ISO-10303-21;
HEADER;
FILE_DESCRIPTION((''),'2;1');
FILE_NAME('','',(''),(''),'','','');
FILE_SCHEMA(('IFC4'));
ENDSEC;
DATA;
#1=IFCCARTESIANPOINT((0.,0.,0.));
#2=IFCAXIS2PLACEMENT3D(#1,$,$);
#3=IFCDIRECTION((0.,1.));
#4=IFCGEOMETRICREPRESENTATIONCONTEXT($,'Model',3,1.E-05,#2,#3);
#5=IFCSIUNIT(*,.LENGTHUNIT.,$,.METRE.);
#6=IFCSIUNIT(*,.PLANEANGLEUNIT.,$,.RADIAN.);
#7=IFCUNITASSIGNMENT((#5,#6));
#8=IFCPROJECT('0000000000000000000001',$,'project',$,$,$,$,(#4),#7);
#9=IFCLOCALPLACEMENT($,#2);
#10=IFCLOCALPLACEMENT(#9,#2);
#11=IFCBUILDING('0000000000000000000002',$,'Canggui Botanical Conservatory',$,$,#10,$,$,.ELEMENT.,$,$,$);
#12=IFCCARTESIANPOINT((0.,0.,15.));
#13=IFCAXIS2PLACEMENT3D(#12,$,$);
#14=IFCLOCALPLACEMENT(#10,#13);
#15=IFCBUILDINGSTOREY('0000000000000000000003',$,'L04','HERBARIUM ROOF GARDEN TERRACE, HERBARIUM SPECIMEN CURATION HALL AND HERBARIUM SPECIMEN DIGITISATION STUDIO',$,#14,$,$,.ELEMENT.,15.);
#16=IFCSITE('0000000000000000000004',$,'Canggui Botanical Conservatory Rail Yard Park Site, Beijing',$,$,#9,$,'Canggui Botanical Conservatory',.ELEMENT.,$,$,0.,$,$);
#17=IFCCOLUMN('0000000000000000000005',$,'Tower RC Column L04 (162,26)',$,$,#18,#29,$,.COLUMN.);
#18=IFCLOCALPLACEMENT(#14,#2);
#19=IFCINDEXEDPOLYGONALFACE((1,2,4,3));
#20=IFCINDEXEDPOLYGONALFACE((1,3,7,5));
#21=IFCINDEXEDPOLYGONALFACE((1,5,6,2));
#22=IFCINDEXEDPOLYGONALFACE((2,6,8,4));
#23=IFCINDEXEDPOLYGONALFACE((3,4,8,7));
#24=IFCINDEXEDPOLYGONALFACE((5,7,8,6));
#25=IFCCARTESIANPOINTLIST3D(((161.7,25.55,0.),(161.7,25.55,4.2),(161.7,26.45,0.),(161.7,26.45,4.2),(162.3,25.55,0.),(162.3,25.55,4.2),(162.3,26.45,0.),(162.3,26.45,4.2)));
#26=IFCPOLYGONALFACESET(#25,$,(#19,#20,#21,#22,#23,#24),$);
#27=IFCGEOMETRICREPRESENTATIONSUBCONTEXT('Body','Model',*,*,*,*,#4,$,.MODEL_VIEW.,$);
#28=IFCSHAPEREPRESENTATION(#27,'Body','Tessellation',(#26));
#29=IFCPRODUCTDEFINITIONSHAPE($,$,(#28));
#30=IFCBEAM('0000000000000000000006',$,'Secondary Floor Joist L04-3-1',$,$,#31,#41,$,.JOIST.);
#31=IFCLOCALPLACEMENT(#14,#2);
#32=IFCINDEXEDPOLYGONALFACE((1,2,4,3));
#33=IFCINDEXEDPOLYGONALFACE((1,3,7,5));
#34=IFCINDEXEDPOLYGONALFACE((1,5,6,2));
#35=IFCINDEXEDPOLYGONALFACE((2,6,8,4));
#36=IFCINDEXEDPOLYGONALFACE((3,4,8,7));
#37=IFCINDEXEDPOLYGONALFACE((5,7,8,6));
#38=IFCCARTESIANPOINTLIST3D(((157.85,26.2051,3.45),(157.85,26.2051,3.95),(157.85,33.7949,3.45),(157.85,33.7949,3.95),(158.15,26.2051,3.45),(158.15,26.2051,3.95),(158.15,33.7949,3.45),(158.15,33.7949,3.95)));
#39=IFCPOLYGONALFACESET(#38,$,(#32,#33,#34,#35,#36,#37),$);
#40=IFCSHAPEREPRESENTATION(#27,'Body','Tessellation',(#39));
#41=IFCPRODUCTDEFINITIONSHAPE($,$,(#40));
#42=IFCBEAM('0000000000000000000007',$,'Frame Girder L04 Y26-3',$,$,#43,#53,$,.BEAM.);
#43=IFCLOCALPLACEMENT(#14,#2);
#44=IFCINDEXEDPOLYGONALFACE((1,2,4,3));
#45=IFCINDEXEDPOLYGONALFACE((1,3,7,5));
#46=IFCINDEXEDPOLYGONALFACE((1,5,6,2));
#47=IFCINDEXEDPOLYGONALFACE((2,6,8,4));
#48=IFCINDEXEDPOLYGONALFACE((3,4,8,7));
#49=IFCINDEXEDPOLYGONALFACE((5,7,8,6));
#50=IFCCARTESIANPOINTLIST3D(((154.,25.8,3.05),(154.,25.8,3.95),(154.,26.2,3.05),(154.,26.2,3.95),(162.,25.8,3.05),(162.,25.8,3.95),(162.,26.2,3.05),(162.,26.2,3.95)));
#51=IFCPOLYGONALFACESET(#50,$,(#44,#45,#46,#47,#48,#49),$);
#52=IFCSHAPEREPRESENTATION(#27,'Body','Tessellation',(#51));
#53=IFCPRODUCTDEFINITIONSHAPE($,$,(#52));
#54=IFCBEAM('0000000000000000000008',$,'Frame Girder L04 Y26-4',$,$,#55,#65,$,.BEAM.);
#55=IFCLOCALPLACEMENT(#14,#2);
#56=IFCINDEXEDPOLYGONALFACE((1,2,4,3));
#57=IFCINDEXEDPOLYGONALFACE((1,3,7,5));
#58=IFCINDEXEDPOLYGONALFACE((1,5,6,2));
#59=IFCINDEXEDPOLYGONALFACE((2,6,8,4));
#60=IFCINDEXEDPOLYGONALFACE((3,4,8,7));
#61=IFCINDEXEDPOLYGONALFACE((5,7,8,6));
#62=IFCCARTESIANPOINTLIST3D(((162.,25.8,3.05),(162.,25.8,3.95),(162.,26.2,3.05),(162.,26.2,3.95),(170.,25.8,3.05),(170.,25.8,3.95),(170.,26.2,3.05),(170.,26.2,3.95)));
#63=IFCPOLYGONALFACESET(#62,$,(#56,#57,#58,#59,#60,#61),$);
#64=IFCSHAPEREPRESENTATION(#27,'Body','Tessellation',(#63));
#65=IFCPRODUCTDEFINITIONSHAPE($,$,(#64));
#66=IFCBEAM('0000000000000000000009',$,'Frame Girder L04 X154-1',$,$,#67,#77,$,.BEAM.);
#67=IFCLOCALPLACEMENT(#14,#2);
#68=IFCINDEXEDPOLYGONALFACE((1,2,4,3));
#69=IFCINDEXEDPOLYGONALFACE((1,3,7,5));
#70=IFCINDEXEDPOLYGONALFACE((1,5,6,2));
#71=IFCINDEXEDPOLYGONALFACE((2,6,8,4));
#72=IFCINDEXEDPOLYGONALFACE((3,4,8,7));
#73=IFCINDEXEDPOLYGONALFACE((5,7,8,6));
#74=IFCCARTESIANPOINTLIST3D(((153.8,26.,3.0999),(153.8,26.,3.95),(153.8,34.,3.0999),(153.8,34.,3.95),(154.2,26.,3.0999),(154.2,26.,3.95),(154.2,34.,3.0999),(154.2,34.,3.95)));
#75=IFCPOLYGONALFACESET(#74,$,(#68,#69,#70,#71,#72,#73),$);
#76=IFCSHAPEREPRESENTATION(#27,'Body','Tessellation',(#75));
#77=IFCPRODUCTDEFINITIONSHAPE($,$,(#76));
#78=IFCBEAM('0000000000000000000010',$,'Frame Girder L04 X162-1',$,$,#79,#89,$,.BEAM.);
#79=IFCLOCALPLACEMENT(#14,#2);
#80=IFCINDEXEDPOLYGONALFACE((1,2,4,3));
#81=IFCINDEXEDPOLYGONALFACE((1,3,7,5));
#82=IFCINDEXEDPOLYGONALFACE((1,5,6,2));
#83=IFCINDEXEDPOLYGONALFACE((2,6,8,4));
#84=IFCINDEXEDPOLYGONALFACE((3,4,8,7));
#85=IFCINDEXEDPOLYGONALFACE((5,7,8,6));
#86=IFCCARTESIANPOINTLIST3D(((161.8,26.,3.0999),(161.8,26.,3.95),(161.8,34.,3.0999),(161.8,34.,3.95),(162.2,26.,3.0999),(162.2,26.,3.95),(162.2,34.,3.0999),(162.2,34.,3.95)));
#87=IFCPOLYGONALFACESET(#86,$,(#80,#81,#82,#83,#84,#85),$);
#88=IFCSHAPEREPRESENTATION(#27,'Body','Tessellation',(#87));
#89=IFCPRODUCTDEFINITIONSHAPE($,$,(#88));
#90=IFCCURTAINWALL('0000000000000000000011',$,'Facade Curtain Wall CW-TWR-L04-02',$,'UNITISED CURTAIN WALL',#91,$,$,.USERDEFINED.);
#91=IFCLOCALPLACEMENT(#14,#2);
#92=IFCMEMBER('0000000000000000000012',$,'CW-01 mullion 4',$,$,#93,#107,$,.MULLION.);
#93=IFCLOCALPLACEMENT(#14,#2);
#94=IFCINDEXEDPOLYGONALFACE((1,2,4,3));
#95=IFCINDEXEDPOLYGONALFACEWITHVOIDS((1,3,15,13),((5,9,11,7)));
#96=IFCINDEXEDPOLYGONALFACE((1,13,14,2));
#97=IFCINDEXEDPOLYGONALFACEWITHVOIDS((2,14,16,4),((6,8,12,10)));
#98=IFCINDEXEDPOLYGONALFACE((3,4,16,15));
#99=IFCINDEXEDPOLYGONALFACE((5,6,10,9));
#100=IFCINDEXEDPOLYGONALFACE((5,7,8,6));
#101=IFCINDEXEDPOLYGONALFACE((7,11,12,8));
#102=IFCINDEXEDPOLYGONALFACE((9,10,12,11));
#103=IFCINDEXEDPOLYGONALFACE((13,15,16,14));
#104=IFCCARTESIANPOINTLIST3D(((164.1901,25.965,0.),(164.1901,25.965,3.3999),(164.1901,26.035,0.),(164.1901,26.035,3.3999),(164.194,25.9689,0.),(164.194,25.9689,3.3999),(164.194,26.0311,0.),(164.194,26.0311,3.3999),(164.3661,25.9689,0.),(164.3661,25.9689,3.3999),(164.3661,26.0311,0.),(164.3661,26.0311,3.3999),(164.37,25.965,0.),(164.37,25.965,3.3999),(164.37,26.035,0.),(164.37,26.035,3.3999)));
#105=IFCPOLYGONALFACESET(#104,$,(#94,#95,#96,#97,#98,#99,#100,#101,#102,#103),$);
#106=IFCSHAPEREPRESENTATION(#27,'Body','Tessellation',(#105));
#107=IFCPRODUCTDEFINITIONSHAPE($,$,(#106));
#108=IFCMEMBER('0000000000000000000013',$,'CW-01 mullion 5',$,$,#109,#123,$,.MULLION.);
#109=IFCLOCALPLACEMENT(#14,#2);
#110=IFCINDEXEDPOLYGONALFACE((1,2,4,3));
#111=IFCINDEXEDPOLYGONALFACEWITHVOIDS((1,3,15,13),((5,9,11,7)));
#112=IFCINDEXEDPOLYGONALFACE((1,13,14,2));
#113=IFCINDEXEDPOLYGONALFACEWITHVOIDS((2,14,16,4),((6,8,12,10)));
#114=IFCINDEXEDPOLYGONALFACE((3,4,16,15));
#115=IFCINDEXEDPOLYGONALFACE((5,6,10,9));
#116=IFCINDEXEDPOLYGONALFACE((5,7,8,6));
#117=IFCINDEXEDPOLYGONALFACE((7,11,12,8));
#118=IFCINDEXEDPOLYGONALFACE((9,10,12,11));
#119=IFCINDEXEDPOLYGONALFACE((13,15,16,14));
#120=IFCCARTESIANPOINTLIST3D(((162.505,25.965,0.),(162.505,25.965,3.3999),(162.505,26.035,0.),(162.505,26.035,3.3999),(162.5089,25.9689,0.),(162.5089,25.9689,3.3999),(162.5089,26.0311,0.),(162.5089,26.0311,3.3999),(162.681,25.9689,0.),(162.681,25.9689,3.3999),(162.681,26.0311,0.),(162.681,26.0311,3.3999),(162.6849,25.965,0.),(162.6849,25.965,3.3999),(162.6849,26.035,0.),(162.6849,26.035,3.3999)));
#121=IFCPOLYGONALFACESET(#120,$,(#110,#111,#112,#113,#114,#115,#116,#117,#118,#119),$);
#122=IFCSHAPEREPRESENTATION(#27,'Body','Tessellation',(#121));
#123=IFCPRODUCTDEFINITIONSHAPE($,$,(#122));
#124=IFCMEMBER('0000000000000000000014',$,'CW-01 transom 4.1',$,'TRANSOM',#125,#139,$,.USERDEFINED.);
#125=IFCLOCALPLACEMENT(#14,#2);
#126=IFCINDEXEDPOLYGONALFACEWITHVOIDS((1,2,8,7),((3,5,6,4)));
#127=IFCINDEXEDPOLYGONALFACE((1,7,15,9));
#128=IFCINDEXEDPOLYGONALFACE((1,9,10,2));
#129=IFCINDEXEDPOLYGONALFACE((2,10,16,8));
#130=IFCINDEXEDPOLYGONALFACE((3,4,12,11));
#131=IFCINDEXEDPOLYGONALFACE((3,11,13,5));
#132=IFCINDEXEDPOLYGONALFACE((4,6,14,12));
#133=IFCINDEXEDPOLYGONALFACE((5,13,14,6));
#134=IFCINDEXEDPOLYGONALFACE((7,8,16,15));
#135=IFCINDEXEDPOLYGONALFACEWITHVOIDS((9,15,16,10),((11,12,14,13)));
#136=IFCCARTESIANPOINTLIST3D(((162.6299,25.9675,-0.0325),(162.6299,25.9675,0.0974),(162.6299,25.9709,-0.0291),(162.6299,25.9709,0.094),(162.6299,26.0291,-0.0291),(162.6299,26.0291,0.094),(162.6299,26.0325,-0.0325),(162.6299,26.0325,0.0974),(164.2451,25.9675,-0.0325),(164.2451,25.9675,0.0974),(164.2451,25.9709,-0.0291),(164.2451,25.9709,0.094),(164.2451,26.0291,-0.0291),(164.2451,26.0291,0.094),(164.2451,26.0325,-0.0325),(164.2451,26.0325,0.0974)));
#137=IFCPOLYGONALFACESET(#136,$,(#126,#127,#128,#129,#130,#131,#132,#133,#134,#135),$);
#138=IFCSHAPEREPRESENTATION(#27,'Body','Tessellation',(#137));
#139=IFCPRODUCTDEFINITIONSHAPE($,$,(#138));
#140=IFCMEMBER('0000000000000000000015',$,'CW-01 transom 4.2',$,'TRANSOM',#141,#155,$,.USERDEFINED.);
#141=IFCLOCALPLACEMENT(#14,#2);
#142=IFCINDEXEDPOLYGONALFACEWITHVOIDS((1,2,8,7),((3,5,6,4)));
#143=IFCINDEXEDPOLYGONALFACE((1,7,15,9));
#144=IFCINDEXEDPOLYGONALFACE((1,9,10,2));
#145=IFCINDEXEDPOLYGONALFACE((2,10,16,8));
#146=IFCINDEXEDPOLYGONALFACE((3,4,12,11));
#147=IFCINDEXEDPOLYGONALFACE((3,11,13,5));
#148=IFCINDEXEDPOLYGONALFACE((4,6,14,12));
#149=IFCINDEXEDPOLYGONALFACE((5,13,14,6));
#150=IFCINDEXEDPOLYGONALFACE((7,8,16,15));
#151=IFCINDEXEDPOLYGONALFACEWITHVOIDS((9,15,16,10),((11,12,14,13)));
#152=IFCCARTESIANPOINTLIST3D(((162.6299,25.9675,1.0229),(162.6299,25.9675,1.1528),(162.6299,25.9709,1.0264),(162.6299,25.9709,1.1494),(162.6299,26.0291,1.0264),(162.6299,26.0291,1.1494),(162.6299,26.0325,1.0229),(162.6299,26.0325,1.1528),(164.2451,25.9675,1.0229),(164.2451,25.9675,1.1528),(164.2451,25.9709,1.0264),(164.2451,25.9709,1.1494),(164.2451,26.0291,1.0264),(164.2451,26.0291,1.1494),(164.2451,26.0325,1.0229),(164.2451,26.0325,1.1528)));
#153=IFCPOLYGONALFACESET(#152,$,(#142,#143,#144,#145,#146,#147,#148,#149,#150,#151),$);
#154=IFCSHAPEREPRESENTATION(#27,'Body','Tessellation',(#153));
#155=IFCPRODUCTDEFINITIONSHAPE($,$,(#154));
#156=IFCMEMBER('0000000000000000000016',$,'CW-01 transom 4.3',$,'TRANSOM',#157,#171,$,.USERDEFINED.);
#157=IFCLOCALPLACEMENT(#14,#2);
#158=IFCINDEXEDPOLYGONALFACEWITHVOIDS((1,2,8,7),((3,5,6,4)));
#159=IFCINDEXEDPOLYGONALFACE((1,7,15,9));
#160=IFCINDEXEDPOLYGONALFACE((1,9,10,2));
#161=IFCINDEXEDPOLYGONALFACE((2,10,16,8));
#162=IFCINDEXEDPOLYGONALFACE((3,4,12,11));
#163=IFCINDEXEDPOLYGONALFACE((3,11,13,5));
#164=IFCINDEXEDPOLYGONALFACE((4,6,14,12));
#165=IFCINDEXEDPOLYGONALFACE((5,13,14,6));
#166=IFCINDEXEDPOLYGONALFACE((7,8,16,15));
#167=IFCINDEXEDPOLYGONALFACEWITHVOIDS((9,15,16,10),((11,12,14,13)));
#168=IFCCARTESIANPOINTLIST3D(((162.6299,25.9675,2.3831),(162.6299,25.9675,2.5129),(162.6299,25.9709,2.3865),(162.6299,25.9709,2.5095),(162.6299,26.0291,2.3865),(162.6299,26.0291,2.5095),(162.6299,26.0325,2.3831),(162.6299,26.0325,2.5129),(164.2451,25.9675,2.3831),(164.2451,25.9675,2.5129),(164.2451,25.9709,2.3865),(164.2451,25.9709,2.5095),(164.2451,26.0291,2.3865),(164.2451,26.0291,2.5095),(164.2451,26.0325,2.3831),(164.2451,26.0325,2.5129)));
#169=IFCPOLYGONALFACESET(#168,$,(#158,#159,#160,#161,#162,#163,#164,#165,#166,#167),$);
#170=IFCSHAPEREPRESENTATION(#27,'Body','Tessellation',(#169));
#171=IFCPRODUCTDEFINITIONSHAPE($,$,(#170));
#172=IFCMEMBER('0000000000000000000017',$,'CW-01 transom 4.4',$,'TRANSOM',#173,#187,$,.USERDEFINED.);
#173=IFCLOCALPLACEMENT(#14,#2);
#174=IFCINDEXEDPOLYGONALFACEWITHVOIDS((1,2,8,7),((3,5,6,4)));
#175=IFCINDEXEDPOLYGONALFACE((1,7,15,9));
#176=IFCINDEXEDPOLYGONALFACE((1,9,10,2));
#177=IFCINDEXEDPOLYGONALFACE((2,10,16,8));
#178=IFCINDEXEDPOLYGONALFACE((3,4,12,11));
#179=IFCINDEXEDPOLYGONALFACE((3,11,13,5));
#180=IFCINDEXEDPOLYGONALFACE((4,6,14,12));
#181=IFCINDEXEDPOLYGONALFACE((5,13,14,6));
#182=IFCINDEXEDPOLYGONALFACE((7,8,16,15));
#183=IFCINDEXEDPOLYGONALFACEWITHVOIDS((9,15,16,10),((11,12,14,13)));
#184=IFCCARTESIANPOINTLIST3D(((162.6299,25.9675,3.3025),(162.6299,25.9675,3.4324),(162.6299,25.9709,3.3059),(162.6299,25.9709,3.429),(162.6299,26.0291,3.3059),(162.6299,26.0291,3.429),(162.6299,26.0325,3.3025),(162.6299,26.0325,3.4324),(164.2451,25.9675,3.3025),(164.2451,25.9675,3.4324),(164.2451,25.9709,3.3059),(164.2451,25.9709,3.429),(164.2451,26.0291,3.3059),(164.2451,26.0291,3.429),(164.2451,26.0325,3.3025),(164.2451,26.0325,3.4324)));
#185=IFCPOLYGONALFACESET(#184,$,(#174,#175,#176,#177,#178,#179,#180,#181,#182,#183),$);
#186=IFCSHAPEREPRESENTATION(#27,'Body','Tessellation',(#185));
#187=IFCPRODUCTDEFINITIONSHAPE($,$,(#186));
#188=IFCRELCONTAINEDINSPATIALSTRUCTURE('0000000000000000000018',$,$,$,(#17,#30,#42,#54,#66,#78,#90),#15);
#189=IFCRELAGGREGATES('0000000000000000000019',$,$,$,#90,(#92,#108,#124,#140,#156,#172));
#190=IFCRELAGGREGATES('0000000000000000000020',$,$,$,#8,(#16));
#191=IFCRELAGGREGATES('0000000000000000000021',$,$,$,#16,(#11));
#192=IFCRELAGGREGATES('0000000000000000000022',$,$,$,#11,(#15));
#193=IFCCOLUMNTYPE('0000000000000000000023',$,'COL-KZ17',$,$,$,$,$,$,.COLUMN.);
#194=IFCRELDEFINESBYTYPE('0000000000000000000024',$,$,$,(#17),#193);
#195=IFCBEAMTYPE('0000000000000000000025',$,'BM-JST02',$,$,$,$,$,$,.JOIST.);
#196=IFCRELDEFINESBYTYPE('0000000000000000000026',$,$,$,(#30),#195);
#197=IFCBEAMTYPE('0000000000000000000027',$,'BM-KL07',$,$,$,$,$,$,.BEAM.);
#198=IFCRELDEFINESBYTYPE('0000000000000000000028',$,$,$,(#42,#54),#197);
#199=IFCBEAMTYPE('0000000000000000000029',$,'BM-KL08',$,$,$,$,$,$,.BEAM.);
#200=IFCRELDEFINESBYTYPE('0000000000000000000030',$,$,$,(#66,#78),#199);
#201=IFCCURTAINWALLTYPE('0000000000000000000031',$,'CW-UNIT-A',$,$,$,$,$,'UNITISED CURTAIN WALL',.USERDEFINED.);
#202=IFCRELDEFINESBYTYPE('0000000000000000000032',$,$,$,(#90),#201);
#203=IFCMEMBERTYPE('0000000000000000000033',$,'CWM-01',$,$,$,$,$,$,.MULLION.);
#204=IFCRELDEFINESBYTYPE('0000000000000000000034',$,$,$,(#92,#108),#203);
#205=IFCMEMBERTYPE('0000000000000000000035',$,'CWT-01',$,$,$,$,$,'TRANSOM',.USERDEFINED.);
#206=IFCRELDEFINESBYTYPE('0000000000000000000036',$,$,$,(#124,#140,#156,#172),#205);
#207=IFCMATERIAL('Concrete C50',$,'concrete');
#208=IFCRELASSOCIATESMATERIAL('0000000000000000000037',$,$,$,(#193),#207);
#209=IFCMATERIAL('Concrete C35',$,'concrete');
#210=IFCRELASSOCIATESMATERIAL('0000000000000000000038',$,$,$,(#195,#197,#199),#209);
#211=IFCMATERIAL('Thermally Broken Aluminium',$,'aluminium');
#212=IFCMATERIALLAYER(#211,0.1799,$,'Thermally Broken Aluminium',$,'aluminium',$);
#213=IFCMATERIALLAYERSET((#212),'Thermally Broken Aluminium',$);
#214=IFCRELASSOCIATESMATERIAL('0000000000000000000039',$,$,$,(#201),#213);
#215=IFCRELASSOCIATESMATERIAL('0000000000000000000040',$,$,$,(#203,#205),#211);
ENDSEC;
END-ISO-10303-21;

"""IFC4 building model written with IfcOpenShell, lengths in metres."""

from ifc_helpers import new_model, si_unit, direction, frame, origin, origin_2d, place, context, subcontext, project, spatial, rectangle, hollow_rectangle, extrude, material, layer, layer_set, material_profile, profile_set, type_object, element, aggregate, save


model = new_model("IFC4")

# Units and contexts
model_context = context("Model", 3, precision=1e-05, world=origin(), true_north=direction((0.0, 1.0)))
body_context = subcontext(model_context, "Body", "Model", "MODEL_VIEW")
ifc_project = project(units=[si_unit("LENGTHUNIT", "METRE"), si_unit("PLANEANGLEUNIT", "RADIAN")], contexts=[model_context])

# Site, building, storey
site_placement = place(None, origin())
site = spatial("IfcSite", under=ifc_project, at=site_placement, Name="Canggui Botanical Conservatory Rail Yard Park Site, Beijing", LongName="Canggui Botanical Conservatory", CompositionType="ELEMENT", RefElevation=0.0)
building_placement = place(site_placement, origin())
building = spatial("IfcBuilding", under=site, at=building_placement, Name="Canggui Botanical Conservatory", CompositionType="ELEMENT")
storey_placement = place(building_placement, frame((0.0, 0.0, 15.0)))
storey = spatial("IfcBuildingStorey", under=building, at=storey_placement, Name="L04", Description="HERBARIUM ROOF GARDEN TERRACE, HERBARIUM SPECIMEN CURATION HALL AND HERBARIUM SPECIMEN DIGITISATION STUDIO", CompositionType="ELEMENT", Elevation=15.0)

# Column
ifc_material_1 = material(Name="Concrete C50", Category="concrete")
ifc_material_profile_1 = material_profile(ifc_material_1, rectangle(XDim=0.6001, YDim=0.8999, at=origin_2d()), Name="RC 600x900")
ifc_profile_set_1 = profile_set([ifc_material_profile_1], Name="Concrete C50")
column_type = type_object("IfcColumnType", Name="COL-KZ17", PredefinedType="COLUMN", material=ifc_profile_set_1)
column_placement = place(storey_placement, frame((162.0, 26.0, 0.0), z_axis=(0.0, 0.0, 1.0), x_axis=(1.0, 0.0, 0.0)))
element("IfcColumn", 1, at=column_placement, inside=storey, type_object=column_type, Name="Tower RC Column L04 (162,26)", PredefinedType="COLUMN", context=body_context, shape_type="SweptSolid", body=[
    extrude(rectangle(XDim=0.6001, YDim=0.8999, at=origin_2d()), origin(), (0.0, 0.0, 1.0), 4.2),
])

# Beams
ifc_material_2 = material(Name="Concrete C35", Category="concrete")
ifc_material_profile_2 = material_profile(ifc_material_2, rectangle(XDim=0.3, YDim=0.5, at=origin_2d()), Name="RB 300x500")
ifc_profile_set_2 = profile_set([ifc_material_profile_2], Name="Concrete C35")
beam_type_1 = type_object("IfcBeamType", Name="BM-JST02", PredefinedType="JOIST", material=ifc_profile_set_2)
beam_placement = place(storey_placement, frame((158.0, 26.2051, 3.7), z_axis=(0.0, 1.0, 0.0), x_axis=(-1.0, 0.0, 0.0)))
element("IfcBeam", 2, at=beam_placement, inside=storey, type_object=beam_type_1, Name="Secondary Floor Joist L04-3-1", PredefinedType="JOIST", context=body_context, shape_type="SweptSolid", body=[
    extrude(rectangle(XDim=0.3, YDim=0.5, at=origin_2d()), origin(), (0.0, 0.0, 1.0), 7.5898),
])
ifc_material_profile_3 = material_profile(ifc_material_2, rectangle(XDim=0.3999, YDim=0.8999, at=origin_2d()), Name="RB 400x900")
ifc_profile_set_3 = profile_set([ifc_material_profile_3], Name="Concrete C35")
beam_type_2 = type_object("IfcBeamType", Name="BM-KL07", PredefinedType="BEAM", material=ifc_profile_set_3)
for number, where, z_axis, x_axis, name in (
    (3, (154.0, 26.0, 3.5), (1.0, 0.0, 0.0), (0.0, 1.0, 0.0), "Frame Girder L04 Y26-3"),
    (4, (162.0, 26.0, 3.5), (1.0, 0.0, 0.0), (0.0, 1.0, 0.0), "Frame Girder L04 Y26-4"),
):
    element("IfcBeam", number, at=place(storey_placement, frame(where, z_axis=z_axis, x_axis=x_axis)), inside=storey, type_object=beam_type_2, Name=name, PredefinedType="BEAM", context=body_context, shape_type="SweptSolid", body=[
        extrude(rectangle(XDim=0.3999, YDim=0.8999, at=origin_2d()), origin(), (0.0, 0.0, 1.0), 8.0),
    ])
ifc_material_profile_4 = material_profile(ifc_material_2, rectangle(XDim=0.3999, YDim=0.8501, at=origin_2d()), Name="RB 400x850")
ifc_profile_set_4 = profile_set([ifc_material_profile_4], Name="Concrete C35")
beam_type_3 = type_object("IfcBeamType", Name="BM-KL08", PredefinedType="BEAM", material=ifc_profile_set_4)
for number, where, z_axis, x_axis, name in (
    (5, (154.0, 26.0, 3.5249), (0.0, 1.0, 0.0), (-1.0, 0.0, 0.0), "Frame Girder L04 X154-1"),
    (6, (162.0, 26.0, 3.5249), (0.0, 1.0, 0.0), (-1.0, 0.0, 0.0), "Frame Girder L04 X162-1"),
):
    element("IfcBeam", number, at=place(storey_placement, frame(where, z_axis=z_axis, x_axis=x_axis)), inside=storey, type_object=beam_type_3, Name=name, PredefinedType="BEAM", context=body_context, shape_type="SweptSolid", body=[
        extrude(rectangle(XDim=0.3999, YDim=0.8501, at=origin_2d()), origin(), (0.0, 0.0, 1.0), 8.0),
    ])

# Curtain wall, members
ifc_material_3 = material(Name="Thermally Broken Aluminium", Category="aluminium")
ifc_layer_1 = layer(ifc_material_3, 0.1799, Name="Thermally Broken Aluminium", Category="aluminium")
ifc_layer_set_1 = layer_set([ifc_layer_1], Name="Thermally Broken Aluminium")
curtain_wall_type = type_object("IfcCurtainWallType", Name="CW-UNIT-A", ElementType="UNITISED CURTAIN WALL", PredefinedType="USERDEFINED", material=ifc_layer_set_1)
curtain_wall_placement = place(storey_placement, origin())
curtain_wall = element("IfcCurtainWall", 7, at=curtain_wall_placement, inside=storey, type_object=curtain_wall_type, Name="Facade Curtain Wall CW-TWR-L04-02", ObjectType="UNITISED CURTAIN WALL", PredefinedType="USERDEFINED")
ifc_material_profile_5 = material_profile(ifc_material_3, hollow_rectangle(XDim=0.0701, YDim=0.1799, WallThickness=0.0039, at=origin_2d()), Name="CWM 70x180x4")
ifc_profile_set_5 = profile_set([ifc_material_profile_5], Name="Thermally Broken Aluminium")
member_type_1 = type_object("IfcMemberType", Name="CWM-01", PredefinedType="MULLION", material=ifc_profile_set_5)
member_1_placement = place(storey_placement, frame((164.28, 26.0, 0.0), z_axis=(0.0, 0.0, 1.0), x_axis=(0.0, -1.0, 0.0)))
member_1 = element("IfcMember", 8, at=member_1_placement, type_object=member_type_1, Name="CW-01 mullion 4", PredefinedType="MULLION", context=body_context, shape_type="SweptSolid", body=[
    extrude(hollow_rectangle(XDim=0.0701, YDim=0.1799, WallThickness=0.0039, at=origin_2d()), origin(), (0.0, 0.0, 1.0), 3.3999),
])
member_2_placement = place(storey_placement, frame((162.595, 26.0, 0.0), z_axis=(0.0, 0.0, 1.0), x_axis=(0.0, -1.0, 0.0)))
member_2 = element("IfcMember", 9, at=member_2_placement, type_object=member_type_1, Name="CW-01 mullion 5", PredefinedType="MULLION", context=body_context, shape_type="SweptSolid", body=[
    extrude(hollow_rectangle(XDim=0.0701, YDim=0.1799, WallThickness=0.0039, at=origin_2d()), origin(), (0.0, 0.0, 1.0), 3.3999),
])
ifc_material_profile_6 = material_profile(ifc_material_3, hollow_rectangle(XDim=0.0649, YDim=0.1299, WallThickness=0.0034, at=origin_2d()), Name="CWT 65x130x3.5")
ifc_profile_set_6 = profile_set([ifc_material_profile_6], Name="Thermally Broken Aluminium")
member_type_2 = type_object("IfcMemberType", Name="CWT-01", ElementType="TRANSOM", PredefinedType="USERDEFINED", material=ifc_profile_set_6)
member_3_placement = place(storey_placement, frame((164.2451, 26.0, 0.0325), z_axis=(-1.0, 0.0, 0.0), x_axis=(0.0, -1.0, 0.0)))
member_3 = element("IfcMember", 10, at=member_3_placement, type_object=member_type_2, Name="CW-01 transom 4.1", ObjectType="TRANSOM", PredefinedType="USERDEFINED", context=body_context, shape_type="SweptSolid", body=[
    extrude(hollow_rectangle(XDim=0.0649, YDim=0.1299, WallThickness=0.0034, at=origin_2d()), origin(), (0.0, 0.0, 1.0), 1.6152),
])
member_4_placement = place(storey_placement, frame((164.2451, 26.0, 1.0879), z_axis=(-1.0, 0.0, 0.0), x_axis=(0.0, -1.0, 0.0)))
member_4 = element("IfcMember", 11, at=member_4_placement, type_object=member_type_2, Name="CW-01 transom 4.2", ObjectType="TRANSOM", PredefinedType="USERDEFINED", context=body_context, shape_type="SweptSolid", body=[
    extrude(hollow_rectangle(XDim=0.0649, YDim=0.1299, WallThickness=0.0034, at=origin_2d()), origin(), (0.0, 0.0, 1.0), 1.6152),
])
member_5_placement = place(storey_placement, frame((164.2451, 26.0, 2.448), z_axis=(-1.0, 0.0, 0.0), x_axis=(0.0, -1.0, 0.0)))
member_5 = element("IfcMember", 12, at=member_5_placement, type_object=member_type_2, Name="CW-01 transom 4.3", ObjectType="TRANSOM", PredefinedType="USERDEFINED", context=body_context, shape_type="SweptSolid", body=[
    extrude(hollow_rectangle(XDim=0.0649, YDim=0.1299, WallThickness=0.0034, at=origin_2d()), origin(), (0.0, 0.0, 1.0), 1.6152),
])
member_6_placement = place(storey_placement, frame((164.2451, 26.0, 3.3674), z_axis=(-1.0, 0.0, 0.0), x_axis=(0.0, -1.0, 0.0)))
member_6 = element("IfcMember", 13, at=member_6_placement, type_object=member_type_2, Name="CW-01 transom 4.4", ObjectType="TRANSOM", PredefinedType="USERDEFINED", context=body_context, shape_type="SweptSolid", body=[
    extrude(hollow_rectangle(XDim=0.0649, YDim=0.1299, WallThickness=0.0034, at=origin_2d()), origin(), (0.0, 0.0, 1.0), 1.6152),
])
aggregate(curtain_wall, [member_1, member_2, member_3, member_4, member_5, member_6])

save(model, "model.ifc")
